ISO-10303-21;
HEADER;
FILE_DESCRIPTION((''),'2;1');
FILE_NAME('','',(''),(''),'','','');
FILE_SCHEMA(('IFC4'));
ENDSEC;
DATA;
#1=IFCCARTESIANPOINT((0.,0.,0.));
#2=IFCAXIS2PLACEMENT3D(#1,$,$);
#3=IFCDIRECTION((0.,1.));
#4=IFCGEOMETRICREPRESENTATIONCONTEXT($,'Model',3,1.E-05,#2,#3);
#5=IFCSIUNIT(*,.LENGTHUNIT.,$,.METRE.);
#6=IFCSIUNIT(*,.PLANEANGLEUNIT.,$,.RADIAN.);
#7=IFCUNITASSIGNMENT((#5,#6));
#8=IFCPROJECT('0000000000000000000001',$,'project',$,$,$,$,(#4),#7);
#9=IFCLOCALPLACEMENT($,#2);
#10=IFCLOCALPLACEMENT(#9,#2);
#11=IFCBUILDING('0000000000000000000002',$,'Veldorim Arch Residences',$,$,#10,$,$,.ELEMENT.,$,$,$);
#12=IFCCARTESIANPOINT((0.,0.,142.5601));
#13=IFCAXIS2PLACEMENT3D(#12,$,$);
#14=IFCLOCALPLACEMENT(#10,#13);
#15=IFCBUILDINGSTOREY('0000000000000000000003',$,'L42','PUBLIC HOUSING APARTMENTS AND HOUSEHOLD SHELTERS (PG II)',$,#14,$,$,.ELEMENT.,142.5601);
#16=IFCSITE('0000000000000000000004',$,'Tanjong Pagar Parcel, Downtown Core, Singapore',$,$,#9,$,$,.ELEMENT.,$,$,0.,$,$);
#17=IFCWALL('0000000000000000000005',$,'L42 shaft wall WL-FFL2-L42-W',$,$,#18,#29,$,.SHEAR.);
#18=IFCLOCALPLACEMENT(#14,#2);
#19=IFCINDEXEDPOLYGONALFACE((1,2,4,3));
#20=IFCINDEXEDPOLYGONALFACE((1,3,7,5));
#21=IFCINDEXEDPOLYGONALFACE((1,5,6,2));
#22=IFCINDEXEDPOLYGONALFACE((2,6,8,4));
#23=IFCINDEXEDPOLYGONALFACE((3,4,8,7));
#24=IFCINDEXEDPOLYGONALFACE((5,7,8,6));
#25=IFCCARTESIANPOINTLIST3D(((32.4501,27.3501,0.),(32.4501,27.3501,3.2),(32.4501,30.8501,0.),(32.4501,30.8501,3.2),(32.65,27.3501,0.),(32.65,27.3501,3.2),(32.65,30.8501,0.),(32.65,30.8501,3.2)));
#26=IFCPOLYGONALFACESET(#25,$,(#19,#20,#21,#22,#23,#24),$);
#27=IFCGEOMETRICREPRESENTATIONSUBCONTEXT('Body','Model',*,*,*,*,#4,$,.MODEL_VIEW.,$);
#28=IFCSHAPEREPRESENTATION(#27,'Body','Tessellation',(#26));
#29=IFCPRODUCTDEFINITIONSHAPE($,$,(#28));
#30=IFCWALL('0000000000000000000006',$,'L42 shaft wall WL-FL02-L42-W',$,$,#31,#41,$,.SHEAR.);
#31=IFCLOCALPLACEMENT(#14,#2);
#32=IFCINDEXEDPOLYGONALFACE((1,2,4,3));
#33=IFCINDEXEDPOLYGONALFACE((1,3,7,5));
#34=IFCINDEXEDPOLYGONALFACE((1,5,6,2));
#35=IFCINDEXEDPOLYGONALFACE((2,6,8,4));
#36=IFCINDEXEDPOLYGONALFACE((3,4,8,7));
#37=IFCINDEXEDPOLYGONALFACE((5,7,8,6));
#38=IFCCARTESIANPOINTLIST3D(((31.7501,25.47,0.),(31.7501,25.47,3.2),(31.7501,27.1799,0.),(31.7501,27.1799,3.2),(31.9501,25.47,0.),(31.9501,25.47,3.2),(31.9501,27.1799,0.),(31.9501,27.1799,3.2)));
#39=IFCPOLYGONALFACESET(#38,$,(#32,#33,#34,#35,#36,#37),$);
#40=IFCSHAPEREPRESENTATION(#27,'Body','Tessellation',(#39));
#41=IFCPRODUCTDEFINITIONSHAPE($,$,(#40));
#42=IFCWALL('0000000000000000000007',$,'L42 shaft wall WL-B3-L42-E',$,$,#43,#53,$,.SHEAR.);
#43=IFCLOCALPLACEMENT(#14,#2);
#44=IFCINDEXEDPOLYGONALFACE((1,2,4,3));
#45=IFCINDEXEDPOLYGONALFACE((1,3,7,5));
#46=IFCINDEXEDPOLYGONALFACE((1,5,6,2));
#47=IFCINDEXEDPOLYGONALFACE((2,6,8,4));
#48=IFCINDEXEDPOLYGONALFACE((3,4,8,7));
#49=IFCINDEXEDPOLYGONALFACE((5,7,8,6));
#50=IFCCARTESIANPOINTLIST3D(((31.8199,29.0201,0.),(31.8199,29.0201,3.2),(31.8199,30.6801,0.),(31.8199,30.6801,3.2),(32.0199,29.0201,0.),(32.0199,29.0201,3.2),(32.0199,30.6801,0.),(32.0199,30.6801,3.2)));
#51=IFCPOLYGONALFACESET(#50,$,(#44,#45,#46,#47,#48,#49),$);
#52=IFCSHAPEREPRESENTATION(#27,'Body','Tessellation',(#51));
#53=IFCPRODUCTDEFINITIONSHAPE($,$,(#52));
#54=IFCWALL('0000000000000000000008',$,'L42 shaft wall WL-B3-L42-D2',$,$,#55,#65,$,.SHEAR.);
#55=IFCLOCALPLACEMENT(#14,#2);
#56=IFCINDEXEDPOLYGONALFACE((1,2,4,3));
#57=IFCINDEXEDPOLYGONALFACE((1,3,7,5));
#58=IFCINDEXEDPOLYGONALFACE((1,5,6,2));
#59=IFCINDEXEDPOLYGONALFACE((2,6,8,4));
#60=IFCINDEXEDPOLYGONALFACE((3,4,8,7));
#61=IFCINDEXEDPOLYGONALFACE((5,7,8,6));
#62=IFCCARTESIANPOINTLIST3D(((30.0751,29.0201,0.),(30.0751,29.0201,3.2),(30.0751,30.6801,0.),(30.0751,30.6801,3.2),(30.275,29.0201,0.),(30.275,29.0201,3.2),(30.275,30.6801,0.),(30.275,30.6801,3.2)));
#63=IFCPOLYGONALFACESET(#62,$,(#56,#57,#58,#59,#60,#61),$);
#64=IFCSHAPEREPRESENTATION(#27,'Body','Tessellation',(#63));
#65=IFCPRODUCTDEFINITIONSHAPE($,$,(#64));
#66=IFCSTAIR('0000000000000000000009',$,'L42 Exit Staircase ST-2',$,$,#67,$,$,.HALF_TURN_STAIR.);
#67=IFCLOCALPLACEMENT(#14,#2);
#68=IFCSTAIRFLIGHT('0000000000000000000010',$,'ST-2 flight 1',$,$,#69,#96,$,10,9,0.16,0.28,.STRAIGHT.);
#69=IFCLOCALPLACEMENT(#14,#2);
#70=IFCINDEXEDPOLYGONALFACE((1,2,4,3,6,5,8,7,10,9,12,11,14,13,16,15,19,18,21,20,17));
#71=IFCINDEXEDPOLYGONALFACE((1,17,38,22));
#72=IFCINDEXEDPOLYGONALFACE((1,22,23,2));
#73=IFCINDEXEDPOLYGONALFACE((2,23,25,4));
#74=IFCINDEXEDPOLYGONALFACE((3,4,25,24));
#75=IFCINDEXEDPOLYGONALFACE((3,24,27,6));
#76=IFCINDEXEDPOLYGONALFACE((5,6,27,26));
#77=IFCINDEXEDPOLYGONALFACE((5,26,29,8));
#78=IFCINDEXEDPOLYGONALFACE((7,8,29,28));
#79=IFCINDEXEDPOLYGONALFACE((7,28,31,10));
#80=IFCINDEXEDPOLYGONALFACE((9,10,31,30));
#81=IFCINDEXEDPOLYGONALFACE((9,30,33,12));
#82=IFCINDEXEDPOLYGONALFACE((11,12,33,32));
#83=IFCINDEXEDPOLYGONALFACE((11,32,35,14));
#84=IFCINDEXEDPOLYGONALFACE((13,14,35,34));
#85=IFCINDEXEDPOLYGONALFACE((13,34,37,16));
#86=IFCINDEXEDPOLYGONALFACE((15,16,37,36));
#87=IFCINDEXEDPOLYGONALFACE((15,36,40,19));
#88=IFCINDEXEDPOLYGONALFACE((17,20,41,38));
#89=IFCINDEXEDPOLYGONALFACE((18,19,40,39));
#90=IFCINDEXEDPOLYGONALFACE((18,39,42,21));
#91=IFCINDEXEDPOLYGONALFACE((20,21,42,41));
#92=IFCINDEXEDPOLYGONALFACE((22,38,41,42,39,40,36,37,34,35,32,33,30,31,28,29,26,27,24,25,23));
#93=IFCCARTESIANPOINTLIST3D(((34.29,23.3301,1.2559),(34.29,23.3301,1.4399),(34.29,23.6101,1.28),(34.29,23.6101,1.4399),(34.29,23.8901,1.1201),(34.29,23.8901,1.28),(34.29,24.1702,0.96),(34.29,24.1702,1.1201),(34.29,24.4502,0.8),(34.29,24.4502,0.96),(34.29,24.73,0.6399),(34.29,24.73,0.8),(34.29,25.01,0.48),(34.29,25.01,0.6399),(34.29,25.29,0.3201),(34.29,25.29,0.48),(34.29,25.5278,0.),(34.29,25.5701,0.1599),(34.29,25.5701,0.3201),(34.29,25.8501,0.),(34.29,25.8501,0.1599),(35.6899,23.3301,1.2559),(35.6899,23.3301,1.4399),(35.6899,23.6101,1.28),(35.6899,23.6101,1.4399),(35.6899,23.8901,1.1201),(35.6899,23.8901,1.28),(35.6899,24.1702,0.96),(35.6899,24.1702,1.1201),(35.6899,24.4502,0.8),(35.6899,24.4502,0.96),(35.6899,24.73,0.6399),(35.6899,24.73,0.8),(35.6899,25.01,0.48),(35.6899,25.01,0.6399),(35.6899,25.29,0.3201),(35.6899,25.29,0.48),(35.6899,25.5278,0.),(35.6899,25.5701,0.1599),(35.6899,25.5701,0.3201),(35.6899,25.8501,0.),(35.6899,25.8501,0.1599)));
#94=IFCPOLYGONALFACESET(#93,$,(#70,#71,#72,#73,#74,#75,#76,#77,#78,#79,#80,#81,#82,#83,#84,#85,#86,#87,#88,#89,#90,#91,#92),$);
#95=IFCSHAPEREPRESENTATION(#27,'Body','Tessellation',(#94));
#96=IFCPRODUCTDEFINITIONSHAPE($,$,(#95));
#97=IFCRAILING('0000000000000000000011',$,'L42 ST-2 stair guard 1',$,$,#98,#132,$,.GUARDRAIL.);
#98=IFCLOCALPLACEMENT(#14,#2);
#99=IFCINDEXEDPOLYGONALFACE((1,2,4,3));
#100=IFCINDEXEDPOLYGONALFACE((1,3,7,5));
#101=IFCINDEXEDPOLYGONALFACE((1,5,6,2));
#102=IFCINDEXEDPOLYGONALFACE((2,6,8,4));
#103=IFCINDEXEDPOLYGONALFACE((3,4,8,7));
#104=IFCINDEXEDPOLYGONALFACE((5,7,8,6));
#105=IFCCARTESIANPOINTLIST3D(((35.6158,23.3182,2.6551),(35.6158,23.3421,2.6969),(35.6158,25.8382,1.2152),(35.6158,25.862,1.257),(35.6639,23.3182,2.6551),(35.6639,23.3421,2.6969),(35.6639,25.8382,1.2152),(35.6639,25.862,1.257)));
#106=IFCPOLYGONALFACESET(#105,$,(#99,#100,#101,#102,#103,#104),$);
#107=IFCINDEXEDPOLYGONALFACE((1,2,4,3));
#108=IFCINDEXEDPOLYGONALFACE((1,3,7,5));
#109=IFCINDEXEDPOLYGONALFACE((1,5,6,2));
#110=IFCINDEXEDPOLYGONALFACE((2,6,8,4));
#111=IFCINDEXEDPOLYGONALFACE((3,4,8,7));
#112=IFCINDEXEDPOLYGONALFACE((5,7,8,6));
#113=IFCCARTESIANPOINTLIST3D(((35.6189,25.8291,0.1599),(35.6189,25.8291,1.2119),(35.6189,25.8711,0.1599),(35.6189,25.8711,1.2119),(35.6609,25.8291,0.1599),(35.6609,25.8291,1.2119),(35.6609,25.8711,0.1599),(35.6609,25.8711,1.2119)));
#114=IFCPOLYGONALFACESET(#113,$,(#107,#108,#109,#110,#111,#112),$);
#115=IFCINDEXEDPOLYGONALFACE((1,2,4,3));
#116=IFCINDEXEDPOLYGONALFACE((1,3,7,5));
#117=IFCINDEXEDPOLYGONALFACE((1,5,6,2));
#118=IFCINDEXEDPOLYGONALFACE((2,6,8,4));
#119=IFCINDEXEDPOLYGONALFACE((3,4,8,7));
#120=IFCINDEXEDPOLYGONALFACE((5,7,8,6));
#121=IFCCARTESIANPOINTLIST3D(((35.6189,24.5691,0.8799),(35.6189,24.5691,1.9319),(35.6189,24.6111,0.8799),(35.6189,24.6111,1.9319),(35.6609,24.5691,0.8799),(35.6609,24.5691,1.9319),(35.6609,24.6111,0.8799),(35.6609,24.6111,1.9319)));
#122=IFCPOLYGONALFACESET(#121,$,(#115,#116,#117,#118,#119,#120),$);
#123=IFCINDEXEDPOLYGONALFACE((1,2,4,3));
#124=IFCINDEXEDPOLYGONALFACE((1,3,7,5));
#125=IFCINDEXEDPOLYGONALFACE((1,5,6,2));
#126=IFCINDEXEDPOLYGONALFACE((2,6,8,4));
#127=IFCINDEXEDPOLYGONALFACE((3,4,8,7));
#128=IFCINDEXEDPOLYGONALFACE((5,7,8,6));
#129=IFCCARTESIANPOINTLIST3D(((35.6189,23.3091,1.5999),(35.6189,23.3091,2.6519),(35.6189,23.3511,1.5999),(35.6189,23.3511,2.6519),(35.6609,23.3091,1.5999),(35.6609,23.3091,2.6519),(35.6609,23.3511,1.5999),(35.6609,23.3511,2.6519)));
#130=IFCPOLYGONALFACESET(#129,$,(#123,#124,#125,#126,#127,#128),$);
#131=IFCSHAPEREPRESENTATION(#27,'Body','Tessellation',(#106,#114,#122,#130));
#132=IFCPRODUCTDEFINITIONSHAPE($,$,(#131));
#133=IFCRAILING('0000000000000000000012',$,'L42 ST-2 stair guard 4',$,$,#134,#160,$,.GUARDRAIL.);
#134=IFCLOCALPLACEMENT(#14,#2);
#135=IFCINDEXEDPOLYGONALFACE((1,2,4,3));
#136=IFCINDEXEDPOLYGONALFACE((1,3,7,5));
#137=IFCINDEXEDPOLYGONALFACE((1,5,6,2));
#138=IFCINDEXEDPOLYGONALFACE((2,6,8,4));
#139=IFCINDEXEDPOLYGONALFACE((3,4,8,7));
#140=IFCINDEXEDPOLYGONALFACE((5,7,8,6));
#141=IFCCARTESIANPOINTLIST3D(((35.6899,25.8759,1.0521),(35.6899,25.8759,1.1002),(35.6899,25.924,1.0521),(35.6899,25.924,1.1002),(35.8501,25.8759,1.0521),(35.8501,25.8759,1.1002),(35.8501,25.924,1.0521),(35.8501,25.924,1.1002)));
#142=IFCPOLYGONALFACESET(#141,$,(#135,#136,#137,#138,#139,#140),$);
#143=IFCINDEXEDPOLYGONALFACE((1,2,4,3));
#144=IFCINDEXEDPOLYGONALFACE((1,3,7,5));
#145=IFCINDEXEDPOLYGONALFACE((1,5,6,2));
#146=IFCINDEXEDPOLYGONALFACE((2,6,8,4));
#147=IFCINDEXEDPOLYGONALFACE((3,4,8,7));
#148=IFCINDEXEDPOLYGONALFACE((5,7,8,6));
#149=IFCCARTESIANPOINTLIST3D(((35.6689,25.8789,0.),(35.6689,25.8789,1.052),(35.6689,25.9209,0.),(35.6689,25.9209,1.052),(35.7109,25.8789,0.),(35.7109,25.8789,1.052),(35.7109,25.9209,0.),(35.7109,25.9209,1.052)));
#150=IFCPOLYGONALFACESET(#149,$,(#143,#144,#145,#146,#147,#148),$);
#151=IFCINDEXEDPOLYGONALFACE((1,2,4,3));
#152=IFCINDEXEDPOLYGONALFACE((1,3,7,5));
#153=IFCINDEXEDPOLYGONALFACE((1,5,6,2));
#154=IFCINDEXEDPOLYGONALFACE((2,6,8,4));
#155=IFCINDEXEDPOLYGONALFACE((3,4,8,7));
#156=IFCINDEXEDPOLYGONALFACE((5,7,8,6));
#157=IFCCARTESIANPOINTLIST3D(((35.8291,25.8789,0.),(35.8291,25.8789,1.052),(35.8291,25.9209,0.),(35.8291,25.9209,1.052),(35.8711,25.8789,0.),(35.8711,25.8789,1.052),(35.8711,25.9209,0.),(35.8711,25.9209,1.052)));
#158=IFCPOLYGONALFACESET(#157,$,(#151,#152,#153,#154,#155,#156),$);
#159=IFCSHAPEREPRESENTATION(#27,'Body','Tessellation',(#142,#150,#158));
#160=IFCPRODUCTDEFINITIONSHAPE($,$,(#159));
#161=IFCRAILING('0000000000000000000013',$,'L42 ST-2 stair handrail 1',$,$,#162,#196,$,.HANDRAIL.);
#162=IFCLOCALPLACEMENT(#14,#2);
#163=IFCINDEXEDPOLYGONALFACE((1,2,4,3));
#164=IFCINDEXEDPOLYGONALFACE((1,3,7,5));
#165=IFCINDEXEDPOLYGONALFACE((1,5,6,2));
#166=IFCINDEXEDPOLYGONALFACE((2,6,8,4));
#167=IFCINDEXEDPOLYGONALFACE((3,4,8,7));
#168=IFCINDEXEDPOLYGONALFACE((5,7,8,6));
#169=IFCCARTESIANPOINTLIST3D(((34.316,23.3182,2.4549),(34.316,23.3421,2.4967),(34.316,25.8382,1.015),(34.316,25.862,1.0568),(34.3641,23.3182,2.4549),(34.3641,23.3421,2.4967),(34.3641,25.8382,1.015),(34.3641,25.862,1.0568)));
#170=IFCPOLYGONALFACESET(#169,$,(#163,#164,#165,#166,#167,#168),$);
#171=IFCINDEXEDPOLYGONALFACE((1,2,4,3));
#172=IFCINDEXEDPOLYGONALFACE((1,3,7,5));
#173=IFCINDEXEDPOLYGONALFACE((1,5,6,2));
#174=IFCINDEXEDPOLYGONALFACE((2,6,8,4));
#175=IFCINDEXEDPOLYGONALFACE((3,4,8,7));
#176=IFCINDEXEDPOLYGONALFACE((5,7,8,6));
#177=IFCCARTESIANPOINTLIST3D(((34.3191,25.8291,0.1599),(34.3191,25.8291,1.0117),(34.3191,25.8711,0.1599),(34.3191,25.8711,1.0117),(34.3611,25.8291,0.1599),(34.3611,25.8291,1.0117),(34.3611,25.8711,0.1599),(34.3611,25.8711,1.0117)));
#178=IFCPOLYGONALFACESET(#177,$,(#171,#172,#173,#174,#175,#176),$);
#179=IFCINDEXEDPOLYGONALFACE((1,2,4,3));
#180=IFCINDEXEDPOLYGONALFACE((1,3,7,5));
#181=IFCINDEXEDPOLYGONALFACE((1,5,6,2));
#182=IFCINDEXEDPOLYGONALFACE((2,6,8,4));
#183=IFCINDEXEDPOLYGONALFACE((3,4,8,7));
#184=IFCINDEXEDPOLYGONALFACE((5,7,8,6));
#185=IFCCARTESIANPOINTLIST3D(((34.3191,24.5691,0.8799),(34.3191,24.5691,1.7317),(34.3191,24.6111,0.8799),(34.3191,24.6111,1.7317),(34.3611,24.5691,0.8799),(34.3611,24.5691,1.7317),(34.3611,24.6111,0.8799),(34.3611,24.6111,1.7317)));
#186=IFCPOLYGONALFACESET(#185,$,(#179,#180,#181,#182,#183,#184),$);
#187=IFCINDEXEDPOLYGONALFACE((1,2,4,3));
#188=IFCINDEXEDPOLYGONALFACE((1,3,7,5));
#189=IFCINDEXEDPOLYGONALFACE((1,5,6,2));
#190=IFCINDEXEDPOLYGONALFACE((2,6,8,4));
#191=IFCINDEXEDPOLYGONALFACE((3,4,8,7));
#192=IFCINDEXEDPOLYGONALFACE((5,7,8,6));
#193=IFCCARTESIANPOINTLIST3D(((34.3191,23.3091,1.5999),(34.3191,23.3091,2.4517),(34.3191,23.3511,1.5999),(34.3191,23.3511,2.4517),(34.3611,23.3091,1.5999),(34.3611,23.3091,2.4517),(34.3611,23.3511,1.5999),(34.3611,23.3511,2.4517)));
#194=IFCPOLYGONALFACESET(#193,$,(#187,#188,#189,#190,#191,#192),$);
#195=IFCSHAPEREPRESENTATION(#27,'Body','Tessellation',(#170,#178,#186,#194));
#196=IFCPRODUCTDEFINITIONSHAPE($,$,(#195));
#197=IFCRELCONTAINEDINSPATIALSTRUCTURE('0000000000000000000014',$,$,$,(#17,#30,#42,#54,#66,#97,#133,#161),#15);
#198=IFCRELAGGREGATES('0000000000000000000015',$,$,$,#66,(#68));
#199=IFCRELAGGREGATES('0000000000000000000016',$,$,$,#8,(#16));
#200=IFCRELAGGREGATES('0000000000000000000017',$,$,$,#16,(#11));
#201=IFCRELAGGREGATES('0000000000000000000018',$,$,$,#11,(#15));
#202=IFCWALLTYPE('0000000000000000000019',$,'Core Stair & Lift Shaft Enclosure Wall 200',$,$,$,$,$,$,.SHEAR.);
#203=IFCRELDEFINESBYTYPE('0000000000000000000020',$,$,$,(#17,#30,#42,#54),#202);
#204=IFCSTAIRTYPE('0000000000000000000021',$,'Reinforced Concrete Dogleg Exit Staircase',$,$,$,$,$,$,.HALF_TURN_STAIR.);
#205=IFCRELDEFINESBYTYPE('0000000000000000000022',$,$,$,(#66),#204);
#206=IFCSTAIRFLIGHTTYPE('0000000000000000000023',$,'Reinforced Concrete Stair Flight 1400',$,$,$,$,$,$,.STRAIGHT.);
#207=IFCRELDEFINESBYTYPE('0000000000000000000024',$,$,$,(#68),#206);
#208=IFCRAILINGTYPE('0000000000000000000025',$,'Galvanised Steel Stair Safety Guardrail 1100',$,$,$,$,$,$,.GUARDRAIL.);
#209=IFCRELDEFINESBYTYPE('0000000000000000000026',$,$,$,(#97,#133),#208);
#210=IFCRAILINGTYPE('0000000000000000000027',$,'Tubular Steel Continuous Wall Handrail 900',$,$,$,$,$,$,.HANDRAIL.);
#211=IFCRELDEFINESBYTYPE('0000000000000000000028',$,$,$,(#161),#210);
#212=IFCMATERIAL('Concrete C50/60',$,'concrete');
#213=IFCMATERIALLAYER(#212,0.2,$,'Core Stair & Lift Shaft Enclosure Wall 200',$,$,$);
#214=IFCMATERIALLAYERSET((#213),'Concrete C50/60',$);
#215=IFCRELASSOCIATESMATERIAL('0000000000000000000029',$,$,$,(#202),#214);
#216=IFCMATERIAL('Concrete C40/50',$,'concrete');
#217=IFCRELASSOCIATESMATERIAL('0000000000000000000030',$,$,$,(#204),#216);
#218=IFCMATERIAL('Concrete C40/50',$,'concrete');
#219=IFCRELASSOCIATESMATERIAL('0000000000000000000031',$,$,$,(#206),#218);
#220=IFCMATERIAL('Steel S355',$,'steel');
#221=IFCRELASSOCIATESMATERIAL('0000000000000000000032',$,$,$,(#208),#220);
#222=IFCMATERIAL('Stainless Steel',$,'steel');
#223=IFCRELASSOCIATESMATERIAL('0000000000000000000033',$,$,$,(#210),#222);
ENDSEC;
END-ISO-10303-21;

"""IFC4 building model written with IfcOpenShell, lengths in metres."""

from ifc_helpers import new_model, si_unit, direction, frame, frame_2d, origin, origin_2d, place, context, subcontext, project, spatial, polyline, rectangle, outline, extrude, material, layer, layer_set, type_object, element, aggregate, save


model = new_model("IFC4")

# Units and contexts
model_context = context("Model", 3, precision=1e-05, world=origin(), true_north=direction((0.0, 1.0)))
body_context = subcontext(model_context, "Body", "Model", "MODEL_VIEW")
ifc_project = project(units=[si_unit("LENGTHUNIT", "METRE"), si_unit("PLANEANGLEUNIT", "RADIAN")], contexts=[model_context])

# Site, building, storey
site_placement = place(None, origin())
site = spatial("IfcSite", under=ifc_project, at=site_placement, Name="Tanjong Pagar Parcel, Downtown Core, Singapore", CompositionType="ELEMENT", RefElevation=0.0)
building_placement = place(site_placement, origin())
building = spatial("IfcBuilding", under=site, at=building_placement, Name="Veldorim Arch Residences", CompositionType="ELEMENT")
storey_placement = place(building_placement, frame((0.0, 0.0, 142.5601)))
storey = spatial("IfcBuildingStorey", under=building, at=storey_placement, Name="L42", Description="PUBLIC HOUSING APARTMENTS AND HOUSEHOLD SHELTERS (PG II)", CompositionType="ELEMENT", Elevation=142.5601)

# Shared definitions
ifc_material_1 = material(Name="Concrete C50/60", Category="concrete")
ifc_layer_1 = layer(ifc_material_1, 0.2, Name="Core Stair & Lift Shaft Enclosure Wall 200")
ifc_layer_set_1 = layer_set([ifc_layer_1], Name="Concrete C50/60")
wall_type_1 = type_object("IfcWallType", Name="Core Stair & Lift Shaft Enclosure Wall 200", PredefinedType="SHEAR", material=ifc_layer_set_1)

# Wall
wall_1_placement = place(storey_placement, frame((32.55, 27.3501, 0.0), z_axis=(0.0, 0.0, 1.0), x_axis=(0.0, 1.0, 0.0)))
element("IfcWall", 1, at=wall_1_placement, inside=storey, type_object=wall_type_1, Name="L42 shaft wall WL-FFL2-L42-W", PredefinedType="SHEAR", context=body_context, shape_type="SweptSolid", body=[
    extrude(rectangle(XDim=3.5, YDim=0.2, at=frame_2d((1.75, 0.0))), origin(), (0.0, 0.0, 1.0), 3.2),
])

# Walls
wall_2_placement = place(storey_placement, frame((31.8501, 25.47, 0.0), z_axis=(0.0, 0.0, 1.0), x_axis=(0.0, 1.0, 0.0)))
element("IfcWall", 2, at=wall_2_placement, inside=storey, type_object=wall_type_1, Name="L42 shaft wall WL-FL02-L42-W", PredefinedType="SHEAR", context=body_context, shape_type="SweptSolid", body=[
    extrude(rectangle(XDim=1.71, YDim=0.2, at=frame_2d((0.855, 0.0))), origin(), (0.0, 0.0, 1.0), 3.2),
])
for number, where, z_axis, x_axis, name in (
    (3, (31.9199, 29.02, 0.0), (0.0, 0.0, 1.0), (0.0, 1.0, 0.0), "L42 shaft wall WL-B3-L42-E"),
    (4, (30.175, 29.02, 0.0), (0.0, 0.0, 1.0), (0.0, 1.0, 0.0), "L42 shaft wall WL-B3-L42-D2"),
):
    element("IfcWall", number, at=place(storey_placement, frame(where, z_axis=z_axis, x_axis=x_axis)), inside=storey, type_object=wall_type_1, Name=name, PredefinedType="SHEAR", context=body_context, shape_type="SweptSolid", body=[
        extrude(rectangle(XDim=1.6599, YDim=0.2, at=frame_2d((0.8301, 0.0))), origin(), (0.0, 0.0, 1.0), 3.2),
    ])

# Stair, stair flight
ifc_material_2 = material(Name="Concrete C40/50", Category="concrete")
stair_type = type_object("IfcStairType", Name="Reinforced Concrete Dogleg Exit Staircase", PredefinedType="HALF_TURN_STAIR", material=ifc_material_2)
stair_placement = place(storey_placement, origin())
stair = element("IfcStair", 5, at=stair_placement, inside=storey, type_object=stair_type, Name="L42 Exit Staircase ST-2", PredefinedType="HALF_TURN_STAIR")
ifc_material_3 = material(Name="Concrete C40/50", Category="concrete")
stair_flight_type = type_object("IfcStairFlightType", Name="Reinforced Concrete Stair Flight 1400", PredefinedType="STRAIGHT", material=ifc_material_3)
stair_flight_placement = place(storey_placement, frame((34.99, 25.8501, 0.0), z_axis=(0.0, 0.0, 1.0), x_axis=(0.0, -1.0, 0.0)))
stair_flight = element("IfcStairFlight", 6, at=stair_flight_placement, type_object=stair_flight_type, Name="ST-2 flight 1", NumberOfRisers=10, NumberOfTreads=9, PredefinedType="STRAIGHT", RiserHeight=0.16, TreadLength=0.28, context=body_context, shape_type="SweptSolid", body=[
    extrude(outline(polyline([(0.0, 0.0), (0.0, 0.1599), (0.28, 0.1599), (0.28, 0.3201), (0.5601, 0.3201), (0.5601, 0.48), (0.8401, 0.48), (0.8401, 0.6399), (1.1201, 0.6399), (1.1201, 0.8), (1.3999, 0.8), (1.3999, 0.96), (1.6799, 0.96), (1.6799, 1.1201), (1.96, 1.1201), (1.96, 1.28), (2.24, 1.28), (2.24, 1.4399), (2.52, 1.4399), (2.52, 1.6001), (2.52, 1.2559), (0.3223, 0.0), (0.0, 0.0)])), frame((0.0, 0.7, 0.0), z_axis=(0.0, -1.0, 0.0), x_axis=(1.0, 0.0, 0.0)), (0.0, 0.0, 1.0), 1.3999),
])
aggregate(stair, [stair_flight])

# Railings
ifc_material_4 = material(Name="Steel S355", Category="steel")
railing_type_1 = type_object("IfcRailingType", Name="Galvanised Steel Stair Safety Guardrail 1100", PredefinedType="GUARDRAIL", material=ifc_material_4)
railing_1_placement = place(storey_placement, frame((35.6399, 25.8501, 0.1599)))
element("IfcRailing", 7, at=railing_1_placement, inside=storey, type_object=railing_type_1, Name="L42 ST-2 stair guard 1", PredefinedType="GUARDRAIL", context=body_context, shape_type="SweptSolid", body=[
    extrude(rectangle(XDim=0.0481, YDim=0.0481, at=origin_2d()), frame((0.0, 0.0, 1.0762), z_axis=(0.0, -0.868253, 0.496121), x_axis=(1.0, 0.0, 0.0)), (0.0, 0.0, 1.0), 2.9023),
    extrude(rectangle(XDim=0.042, YDim=0.042, at=origin_2d()), origin(), (0.0, 0.0, 1.0), 1.052),
    extrude(rectangle(XDim=0.042, YDim=0.042, at=origin_2d()), frame((0.0, -1.26, 0.72)), (0.0, 0.0, 1.0), 1.052),
    extrude(rectangle(XDim=0.042, YDim=0.042, at=origin_2d()), frame((0.0, -2.52, 1.4399)), (0.0, 0.0, 1.0), 1.052),
])
railing_2_placement = place(storey_placement, frame((35.6899, 25.8999, 0.0)))
element("IfcRailing", 8, at=railing_2_placement, inside=storey, type_object=railing_type_1, Name="L42 ST-2 stair guard 4", PredefinedType="GUARDRAIL", context=body_context, shape_type="SweptSolid", body=[
    extrude(rectangle(XDim=0.0481, YDim=0.0481, at=origin_2d()), frame((0.0, 0.0, 1.0762), z_axis=(1.0, 0.0, 0.0), x_axis=(0.0, 1.0, 0.0)), (0.0, 0.0, 1.0), 0.1602),
    extrude(rectangle(XDim=0.042, YDim=0.042, at=origin_2d()), origin(), (0.0, 0.0, 1.0), 1.052),
    extrude(rectangle(XDim=0.042, YDim=0.042, at=origin_2d()), frame((0.1602, 0.0, 0.0)), (0.0, 0.0, 1.0), 1.052),
])
ifc_material_5 = material(Name="Stainless Steel", Category="steel")
railing_type_2 = type_object("IfcRailingType", Name="Tubular Steel Continuous Wall Handrail 900", PredefinedType="HANDRAIL", material=ifc_material_5)
railing_3_placement = place(storey_placement, frame((34.3401, 25.8501, 0.1599)))
element("IfcRailing", 9, at=railing_3_placement, inside=storey, type_object=railing_type_2, Name="L42 ST-2 stair handrail 1", PredefinedType="HANDRAIL", context=body_context, shape_type="SweptSolid", body=[
    extrude(rectangle(XDim=0.0481, YDim=0.0481, at=origin_2d()), frame((0.0, 0.0, 0.876), z_axis=(0.0, -0.868253, 0.496121), x_axis=(1.0, 0.0, 0.0)), (0.0, 0.0, 1.0), 2.9023),
    extrude(rectangle(XDim=0.042, YDim=0.042, at=origin_2d()), origin(), (0.0, 0.0, 1.0), 0.8518),
    extrude(rectangle(XDim=0.042, YDim=0.042, at=origin_2d()), frame((0.0, -1.26, 0.72)), (0.0, 0.0, 1.0), 0.8518),
    extrude(rectangle(XDim=0.042, YDim=0.042, at=origin_2d()), frame((0.0, -2.52, 1.4399)), (0.0, 0.0, 1.0), 0.8518),
])

save(model, "model.ifc")
